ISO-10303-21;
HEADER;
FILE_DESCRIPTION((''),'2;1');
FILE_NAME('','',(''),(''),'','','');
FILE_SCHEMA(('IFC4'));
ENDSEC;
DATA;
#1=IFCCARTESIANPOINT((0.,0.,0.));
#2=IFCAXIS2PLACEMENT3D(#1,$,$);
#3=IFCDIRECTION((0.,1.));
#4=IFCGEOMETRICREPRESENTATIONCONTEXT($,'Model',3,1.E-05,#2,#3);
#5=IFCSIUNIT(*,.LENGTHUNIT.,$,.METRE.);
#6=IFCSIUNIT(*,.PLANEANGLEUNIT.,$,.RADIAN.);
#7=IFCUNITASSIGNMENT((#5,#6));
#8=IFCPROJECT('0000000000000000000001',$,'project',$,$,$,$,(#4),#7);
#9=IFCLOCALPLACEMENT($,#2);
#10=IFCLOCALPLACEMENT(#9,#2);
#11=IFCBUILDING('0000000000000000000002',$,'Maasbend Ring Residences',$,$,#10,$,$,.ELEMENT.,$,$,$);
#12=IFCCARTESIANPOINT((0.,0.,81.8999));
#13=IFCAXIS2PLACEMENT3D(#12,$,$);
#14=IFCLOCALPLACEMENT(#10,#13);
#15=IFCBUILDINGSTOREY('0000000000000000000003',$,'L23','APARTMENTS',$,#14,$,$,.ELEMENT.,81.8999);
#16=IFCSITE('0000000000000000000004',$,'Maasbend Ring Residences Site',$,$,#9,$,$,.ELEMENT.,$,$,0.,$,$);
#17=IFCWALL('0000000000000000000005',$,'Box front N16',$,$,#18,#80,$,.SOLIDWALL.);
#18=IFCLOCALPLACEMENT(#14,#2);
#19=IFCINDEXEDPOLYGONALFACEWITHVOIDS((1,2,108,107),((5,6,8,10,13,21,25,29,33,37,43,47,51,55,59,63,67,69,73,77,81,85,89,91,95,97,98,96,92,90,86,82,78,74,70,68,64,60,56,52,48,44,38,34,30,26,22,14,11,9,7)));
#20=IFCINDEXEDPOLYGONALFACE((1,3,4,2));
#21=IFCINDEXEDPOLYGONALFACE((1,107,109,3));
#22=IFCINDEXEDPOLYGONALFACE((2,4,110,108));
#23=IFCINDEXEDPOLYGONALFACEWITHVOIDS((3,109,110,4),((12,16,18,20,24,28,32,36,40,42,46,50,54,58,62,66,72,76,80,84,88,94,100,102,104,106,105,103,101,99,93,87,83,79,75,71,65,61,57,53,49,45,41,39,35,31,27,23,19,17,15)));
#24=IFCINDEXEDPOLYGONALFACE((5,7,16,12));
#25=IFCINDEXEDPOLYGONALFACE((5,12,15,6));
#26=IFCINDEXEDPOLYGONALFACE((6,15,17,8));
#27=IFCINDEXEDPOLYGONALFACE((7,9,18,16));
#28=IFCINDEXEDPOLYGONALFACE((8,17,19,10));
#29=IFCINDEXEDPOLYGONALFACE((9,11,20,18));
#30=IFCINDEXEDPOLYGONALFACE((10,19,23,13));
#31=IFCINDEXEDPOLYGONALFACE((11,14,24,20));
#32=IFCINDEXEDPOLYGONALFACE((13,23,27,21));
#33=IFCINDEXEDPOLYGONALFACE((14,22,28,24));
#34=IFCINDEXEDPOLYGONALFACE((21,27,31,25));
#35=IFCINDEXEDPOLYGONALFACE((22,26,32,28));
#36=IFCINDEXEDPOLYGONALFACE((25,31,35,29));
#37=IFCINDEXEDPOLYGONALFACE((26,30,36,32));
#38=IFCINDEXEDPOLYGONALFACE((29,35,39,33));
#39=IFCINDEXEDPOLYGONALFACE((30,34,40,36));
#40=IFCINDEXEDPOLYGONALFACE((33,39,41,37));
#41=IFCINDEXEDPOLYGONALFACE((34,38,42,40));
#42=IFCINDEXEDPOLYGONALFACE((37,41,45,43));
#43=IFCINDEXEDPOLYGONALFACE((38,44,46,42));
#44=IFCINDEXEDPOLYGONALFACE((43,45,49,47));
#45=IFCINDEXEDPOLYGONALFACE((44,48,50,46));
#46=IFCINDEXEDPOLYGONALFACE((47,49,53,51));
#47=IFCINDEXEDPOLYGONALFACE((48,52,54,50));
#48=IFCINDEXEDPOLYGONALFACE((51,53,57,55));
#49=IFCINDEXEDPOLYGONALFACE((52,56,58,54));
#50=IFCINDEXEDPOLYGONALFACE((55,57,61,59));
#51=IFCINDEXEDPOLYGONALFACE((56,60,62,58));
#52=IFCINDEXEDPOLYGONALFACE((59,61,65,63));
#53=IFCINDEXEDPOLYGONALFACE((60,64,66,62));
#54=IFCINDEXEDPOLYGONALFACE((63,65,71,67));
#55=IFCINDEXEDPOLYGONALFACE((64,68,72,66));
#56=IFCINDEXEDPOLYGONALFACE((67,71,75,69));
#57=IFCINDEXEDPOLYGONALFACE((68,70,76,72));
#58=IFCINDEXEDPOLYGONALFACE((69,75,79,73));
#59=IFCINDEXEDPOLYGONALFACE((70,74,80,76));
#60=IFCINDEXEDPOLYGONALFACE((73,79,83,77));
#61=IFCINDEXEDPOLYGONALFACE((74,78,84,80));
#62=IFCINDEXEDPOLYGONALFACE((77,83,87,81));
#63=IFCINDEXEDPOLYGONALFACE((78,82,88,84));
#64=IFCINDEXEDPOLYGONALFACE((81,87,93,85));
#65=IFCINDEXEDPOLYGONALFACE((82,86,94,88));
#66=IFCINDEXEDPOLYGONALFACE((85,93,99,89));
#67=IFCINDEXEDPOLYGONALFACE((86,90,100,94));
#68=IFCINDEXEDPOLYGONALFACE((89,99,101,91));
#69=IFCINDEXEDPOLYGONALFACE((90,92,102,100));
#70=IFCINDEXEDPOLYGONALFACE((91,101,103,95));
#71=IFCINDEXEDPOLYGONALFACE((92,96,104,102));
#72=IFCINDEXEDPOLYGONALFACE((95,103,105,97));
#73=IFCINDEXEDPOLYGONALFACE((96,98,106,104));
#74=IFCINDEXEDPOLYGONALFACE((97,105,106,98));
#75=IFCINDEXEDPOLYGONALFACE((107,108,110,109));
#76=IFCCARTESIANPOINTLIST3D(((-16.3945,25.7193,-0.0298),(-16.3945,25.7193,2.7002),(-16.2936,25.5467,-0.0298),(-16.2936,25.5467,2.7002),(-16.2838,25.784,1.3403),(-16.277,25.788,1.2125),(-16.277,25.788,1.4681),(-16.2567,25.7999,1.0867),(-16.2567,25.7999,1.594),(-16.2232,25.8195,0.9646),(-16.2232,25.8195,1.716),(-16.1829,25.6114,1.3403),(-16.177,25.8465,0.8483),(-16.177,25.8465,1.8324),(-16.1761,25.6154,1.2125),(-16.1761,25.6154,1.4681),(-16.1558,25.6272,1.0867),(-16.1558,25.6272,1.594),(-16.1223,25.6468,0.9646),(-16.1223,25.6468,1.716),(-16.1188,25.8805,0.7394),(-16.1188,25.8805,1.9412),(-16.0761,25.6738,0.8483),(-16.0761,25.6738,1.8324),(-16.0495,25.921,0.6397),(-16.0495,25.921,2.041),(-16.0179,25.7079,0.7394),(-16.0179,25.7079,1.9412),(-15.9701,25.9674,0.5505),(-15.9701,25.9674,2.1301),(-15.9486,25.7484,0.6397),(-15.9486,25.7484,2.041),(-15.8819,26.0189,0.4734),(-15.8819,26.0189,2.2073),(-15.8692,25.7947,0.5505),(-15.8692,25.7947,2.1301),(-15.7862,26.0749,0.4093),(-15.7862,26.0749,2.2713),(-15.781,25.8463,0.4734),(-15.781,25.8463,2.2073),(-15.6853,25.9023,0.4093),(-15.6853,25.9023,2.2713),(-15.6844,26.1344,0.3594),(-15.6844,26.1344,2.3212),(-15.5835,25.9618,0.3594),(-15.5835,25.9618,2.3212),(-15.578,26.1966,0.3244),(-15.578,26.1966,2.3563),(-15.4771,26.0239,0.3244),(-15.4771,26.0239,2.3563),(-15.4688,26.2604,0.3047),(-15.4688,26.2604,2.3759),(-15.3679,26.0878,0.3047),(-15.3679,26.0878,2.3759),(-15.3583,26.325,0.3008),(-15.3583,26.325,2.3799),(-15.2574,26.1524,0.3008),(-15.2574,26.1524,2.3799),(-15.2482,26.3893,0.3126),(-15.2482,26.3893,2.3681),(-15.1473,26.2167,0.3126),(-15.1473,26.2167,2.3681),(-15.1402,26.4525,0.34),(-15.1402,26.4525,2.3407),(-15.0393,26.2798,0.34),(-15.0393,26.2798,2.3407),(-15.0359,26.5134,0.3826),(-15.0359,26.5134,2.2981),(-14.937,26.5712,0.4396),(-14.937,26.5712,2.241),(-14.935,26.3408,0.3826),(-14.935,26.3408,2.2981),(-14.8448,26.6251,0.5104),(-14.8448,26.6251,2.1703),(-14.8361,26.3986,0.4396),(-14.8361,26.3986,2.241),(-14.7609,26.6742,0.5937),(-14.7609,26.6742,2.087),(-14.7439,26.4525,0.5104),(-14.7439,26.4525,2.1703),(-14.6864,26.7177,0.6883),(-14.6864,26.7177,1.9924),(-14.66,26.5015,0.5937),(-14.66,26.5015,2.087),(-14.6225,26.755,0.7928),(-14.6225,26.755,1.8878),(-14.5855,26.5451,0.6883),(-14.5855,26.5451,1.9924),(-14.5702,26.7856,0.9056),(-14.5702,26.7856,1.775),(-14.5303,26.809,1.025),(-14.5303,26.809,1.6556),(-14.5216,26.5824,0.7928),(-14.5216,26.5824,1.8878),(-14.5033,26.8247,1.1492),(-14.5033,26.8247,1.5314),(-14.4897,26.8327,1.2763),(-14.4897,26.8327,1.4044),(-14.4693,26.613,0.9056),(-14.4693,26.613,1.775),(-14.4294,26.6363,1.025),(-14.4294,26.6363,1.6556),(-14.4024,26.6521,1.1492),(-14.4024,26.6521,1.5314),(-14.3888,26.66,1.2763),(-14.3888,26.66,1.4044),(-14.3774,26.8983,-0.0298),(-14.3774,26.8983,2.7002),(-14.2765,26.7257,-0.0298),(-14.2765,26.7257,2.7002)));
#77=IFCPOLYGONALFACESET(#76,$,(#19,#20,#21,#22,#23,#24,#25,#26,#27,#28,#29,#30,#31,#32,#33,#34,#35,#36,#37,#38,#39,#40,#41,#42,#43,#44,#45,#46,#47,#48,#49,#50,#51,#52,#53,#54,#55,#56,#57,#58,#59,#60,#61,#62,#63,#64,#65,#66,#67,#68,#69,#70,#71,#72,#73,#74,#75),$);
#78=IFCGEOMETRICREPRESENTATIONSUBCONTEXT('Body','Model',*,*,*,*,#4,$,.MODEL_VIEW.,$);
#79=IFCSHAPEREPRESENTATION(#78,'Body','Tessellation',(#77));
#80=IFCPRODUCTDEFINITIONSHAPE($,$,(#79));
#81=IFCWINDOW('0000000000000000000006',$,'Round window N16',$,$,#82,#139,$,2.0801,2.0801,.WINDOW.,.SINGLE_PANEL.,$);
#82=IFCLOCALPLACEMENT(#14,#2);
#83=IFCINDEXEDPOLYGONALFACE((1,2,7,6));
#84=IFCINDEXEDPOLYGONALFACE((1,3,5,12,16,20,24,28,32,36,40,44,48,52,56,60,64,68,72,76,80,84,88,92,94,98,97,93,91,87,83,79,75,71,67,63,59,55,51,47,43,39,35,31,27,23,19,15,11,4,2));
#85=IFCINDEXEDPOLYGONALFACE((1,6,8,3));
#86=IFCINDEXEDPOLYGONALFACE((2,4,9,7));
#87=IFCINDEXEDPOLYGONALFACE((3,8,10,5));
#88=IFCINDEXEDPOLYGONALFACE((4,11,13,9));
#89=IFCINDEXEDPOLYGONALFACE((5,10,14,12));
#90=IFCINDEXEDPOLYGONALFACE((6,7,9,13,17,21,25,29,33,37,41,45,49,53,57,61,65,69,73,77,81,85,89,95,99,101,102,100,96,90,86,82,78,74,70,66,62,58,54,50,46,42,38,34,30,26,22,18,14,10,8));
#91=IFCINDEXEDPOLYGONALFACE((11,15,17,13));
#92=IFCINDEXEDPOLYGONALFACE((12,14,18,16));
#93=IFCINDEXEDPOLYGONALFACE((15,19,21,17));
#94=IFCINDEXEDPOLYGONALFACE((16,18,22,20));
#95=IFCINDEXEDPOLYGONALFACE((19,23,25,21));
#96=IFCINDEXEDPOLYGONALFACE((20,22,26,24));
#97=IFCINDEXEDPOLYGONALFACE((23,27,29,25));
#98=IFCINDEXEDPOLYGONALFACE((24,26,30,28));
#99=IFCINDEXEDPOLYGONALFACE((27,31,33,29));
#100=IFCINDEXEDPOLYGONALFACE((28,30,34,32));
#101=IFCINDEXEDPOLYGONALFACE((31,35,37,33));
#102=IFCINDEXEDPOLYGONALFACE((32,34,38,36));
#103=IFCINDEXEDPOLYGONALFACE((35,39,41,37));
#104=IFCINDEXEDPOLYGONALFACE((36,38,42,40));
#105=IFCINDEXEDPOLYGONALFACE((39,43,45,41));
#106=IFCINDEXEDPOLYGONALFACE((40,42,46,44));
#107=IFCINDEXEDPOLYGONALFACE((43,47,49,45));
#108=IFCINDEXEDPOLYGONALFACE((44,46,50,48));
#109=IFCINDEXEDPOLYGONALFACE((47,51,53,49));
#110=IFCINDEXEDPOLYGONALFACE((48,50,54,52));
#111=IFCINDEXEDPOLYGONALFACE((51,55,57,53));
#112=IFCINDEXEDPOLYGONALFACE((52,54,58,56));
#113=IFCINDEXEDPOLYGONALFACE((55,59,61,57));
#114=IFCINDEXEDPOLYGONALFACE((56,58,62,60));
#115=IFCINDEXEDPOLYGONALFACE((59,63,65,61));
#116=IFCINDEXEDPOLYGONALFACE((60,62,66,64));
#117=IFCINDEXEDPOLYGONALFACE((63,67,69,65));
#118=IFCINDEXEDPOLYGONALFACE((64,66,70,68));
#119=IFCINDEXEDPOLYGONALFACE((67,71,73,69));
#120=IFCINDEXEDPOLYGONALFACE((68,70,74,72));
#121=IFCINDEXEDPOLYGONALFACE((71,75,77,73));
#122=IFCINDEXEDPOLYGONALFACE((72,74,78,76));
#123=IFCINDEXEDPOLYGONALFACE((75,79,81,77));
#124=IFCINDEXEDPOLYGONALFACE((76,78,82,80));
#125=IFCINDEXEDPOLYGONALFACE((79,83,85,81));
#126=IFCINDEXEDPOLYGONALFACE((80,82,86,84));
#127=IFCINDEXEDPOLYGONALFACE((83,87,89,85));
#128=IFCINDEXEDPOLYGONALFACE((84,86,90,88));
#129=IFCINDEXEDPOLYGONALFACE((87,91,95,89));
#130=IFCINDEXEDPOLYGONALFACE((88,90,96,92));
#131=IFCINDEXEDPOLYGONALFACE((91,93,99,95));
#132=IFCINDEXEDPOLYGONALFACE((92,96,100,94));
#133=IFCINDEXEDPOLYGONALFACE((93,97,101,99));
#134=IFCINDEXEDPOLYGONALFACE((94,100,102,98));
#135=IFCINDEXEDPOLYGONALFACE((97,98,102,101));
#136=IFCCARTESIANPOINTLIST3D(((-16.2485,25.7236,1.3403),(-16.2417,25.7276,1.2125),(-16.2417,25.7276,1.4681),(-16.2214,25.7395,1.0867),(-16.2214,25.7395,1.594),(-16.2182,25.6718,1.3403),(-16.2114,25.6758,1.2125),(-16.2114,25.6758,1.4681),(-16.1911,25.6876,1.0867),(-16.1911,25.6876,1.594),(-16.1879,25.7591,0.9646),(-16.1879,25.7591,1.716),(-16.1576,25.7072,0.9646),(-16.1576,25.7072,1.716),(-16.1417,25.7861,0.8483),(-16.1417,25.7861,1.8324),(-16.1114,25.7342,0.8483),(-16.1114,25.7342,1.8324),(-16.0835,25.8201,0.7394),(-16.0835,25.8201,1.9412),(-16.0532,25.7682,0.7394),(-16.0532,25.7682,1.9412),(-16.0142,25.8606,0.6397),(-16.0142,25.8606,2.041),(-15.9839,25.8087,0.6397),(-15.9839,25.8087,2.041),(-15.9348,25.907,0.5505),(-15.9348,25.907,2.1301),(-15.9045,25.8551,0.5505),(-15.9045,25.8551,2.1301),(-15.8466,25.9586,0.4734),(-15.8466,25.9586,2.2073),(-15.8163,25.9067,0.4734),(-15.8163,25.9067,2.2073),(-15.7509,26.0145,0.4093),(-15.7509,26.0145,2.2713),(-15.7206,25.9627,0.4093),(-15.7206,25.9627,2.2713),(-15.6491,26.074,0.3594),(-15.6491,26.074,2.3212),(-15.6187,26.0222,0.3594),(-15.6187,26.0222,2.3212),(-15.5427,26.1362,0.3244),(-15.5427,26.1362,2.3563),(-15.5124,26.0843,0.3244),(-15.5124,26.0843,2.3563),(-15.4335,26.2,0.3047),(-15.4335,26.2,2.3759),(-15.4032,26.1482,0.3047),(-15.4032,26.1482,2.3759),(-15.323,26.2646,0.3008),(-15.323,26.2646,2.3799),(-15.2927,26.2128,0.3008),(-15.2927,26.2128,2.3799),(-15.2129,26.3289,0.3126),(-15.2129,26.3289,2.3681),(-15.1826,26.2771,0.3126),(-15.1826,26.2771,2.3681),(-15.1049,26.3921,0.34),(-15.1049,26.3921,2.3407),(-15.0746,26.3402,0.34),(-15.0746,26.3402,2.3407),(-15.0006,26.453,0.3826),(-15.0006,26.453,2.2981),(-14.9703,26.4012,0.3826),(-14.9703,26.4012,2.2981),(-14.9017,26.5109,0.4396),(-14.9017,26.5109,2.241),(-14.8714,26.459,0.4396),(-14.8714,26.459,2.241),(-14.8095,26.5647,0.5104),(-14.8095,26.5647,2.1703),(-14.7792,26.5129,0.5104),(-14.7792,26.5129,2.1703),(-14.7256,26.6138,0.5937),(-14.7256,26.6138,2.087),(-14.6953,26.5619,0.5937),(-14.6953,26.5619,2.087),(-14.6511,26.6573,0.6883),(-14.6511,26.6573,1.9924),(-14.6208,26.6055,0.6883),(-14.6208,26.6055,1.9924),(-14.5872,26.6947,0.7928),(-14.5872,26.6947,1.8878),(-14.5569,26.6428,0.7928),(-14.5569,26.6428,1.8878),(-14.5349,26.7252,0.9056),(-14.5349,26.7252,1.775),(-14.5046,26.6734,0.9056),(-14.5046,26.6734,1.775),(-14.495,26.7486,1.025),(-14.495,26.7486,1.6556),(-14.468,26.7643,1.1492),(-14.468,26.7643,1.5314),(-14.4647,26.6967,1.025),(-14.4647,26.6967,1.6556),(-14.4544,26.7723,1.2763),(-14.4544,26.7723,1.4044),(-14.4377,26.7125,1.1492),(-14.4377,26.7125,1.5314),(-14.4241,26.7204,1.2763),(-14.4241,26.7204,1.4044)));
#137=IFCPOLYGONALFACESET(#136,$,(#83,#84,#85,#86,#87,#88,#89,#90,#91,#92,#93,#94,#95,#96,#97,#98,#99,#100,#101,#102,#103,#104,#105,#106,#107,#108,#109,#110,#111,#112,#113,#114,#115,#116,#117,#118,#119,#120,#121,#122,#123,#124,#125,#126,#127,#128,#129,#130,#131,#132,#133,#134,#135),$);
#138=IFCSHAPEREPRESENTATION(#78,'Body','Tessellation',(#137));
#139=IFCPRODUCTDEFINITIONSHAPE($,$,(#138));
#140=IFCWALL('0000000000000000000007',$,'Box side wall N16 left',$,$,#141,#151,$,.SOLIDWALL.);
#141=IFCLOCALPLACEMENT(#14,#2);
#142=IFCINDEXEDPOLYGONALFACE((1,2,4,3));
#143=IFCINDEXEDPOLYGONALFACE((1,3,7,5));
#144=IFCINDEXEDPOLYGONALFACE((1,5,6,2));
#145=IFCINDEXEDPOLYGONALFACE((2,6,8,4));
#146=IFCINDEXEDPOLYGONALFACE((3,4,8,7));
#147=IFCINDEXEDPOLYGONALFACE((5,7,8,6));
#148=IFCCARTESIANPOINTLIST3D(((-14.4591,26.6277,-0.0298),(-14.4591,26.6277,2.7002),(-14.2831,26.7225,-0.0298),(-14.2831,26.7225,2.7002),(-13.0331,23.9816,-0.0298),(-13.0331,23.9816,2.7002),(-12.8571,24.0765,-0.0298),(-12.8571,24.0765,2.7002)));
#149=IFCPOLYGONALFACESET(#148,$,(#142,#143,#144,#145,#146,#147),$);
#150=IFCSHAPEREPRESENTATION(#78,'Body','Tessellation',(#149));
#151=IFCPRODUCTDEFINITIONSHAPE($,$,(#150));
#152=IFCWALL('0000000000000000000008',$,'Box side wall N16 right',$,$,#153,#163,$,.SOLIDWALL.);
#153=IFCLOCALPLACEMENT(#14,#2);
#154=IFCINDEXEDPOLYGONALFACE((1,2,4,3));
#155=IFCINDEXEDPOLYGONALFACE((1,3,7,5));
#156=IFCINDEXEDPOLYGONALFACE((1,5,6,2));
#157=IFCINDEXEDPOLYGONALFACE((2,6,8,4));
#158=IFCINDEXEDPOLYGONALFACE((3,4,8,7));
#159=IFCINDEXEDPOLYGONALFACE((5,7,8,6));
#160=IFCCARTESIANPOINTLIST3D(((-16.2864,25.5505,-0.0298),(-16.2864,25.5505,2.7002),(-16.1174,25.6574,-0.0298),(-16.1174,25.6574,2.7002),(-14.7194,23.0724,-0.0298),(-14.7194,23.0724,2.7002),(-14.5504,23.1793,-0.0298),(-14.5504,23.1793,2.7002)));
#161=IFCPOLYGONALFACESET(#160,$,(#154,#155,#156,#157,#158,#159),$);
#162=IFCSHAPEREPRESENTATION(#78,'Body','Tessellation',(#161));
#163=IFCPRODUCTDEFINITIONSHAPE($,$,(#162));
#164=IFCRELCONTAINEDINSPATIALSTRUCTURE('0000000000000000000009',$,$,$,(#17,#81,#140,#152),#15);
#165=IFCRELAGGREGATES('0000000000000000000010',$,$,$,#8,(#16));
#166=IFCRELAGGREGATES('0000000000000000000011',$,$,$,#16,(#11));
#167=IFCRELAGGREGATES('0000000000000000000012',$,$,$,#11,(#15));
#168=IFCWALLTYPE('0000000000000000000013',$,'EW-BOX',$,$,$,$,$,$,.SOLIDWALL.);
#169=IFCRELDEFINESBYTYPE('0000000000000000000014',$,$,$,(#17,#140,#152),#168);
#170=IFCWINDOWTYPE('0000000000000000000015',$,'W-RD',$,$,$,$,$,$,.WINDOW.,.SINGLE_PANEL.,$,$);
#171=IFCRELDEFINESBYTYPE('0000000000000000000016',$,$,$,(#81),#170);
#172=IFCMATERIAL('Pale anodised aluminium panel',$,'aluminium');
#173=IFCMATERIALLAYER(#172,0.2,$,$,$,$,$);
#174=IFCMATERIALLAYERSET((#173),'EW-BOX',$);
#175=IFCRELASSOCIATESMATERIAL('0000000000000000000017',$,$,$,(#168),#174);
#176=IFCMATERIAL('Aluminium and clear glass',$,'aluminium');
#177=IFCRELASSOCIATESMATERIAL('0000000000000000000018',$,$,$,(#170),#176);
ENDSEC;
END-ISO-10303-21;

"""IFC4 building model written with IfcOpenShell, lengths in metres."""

from ifc_helpers import new_model, si_unit, direction, frame, frame_2d, origin, place, context, subcontext, project, spatial, rectangle, circle, extrude, material, layer, layer_set, type_object, element, fill, save


model = new_model("IFC4")

# Units and contexts
model_context = context("Model", 3, precision=1e-05, world=origin(), true_north=direction((0.0, 1.0)))
body_context = subcontext(model_context, "Body", "Model", "MODEL_VIEW")
ifc_project = project(units=[si_unit("LENGTHUNIT", "METRE"), si_unit("PLANEANGLEUNIT", "RADIAN")], contexts=[model_context])

# Site, building, storey
site_placement = place(None, origin())
site = spatial("IfcSite", under=ifc_project, at=site_placement, Name="Maasbend Ring Residences Site", CompositionType="ELEMENT", RefElevation=0.0)
building_placement = place(site_placement, origin())
building = spatial("IfcBuilding", under=site, at=building_placement, Name="Maasbend Ring Residences", CompositionType="ELEMENT")
storey_placement = place(building_placement, frame((0.0, 0.0, 81.8999)))
storey = spatial("IfcBuildingStorey", under=building, at=storey_placement, Name="L23", Description="APARTMENTS", CompositionType="ELEMENT", Elevation=81.8999)

# Wall, opening, window
ifc_material_1 = material(Name="Pale anodised aluminium panel", Category="aluminium")
ifc_layer_1 = layer(ifc_material_1, 0.2)
ifc_layer_set_1 = layer_set([ifc_layer_1], Name="EW-BOX")
wall_type_1 = type_object("IfcWallType", Name="EW-BOX", PredefinedType="SOLIDWALL", material=ifc_layer_set_1)
wall_1_placement = place(storey_placement, frame((-14.3269, 26.812, -0.0298), z_axis=(0.0, 0.0, 1.0), x_axis=(-0.863347, -0.504612, 0.0)))
wall_1 = element("IfcWall", 1, at=wall_1_placement, inside=storey, type_object=wall_type_1, Name="Box front N16", PredefinedType="SOLIDWALL", context=body_context, shape_type="SweptSolid", body=[
    extrude(rectangle(XDim=2.3364, YDim=0.2, at=frame_2d((1.1682, 0.0))), origin(), (0.0, 0.0, 1.0), 2.73),
])
opening_1_placement = place(wall_1_placement, frame((0.1282, 0.0, 0.3301)))
opening_1 = element("IfcOpeningElement", 2, at=opening_1_placement, cuts=wall_1, PredefinedType="OPENING", context=body_context, shape_type="SweptSolid", body=[
    extrude(circle(Radius=1.04, at=frame_2d((1.04, 1.04))), frame((0.0, 0.1099, 0.0), z_axis=(0.0, -1.0, 0.0), x_axis=(1.0, 0.0, 0.0)), (0.0, 0.0, 1.0), 0.22),
])
ifc_material_2 = material(Name="Aluminium and clear glass", Category="aluminium")
window_type_1 = type_object("IfcWindowType", Name="W-RD", PartitioningType="SINGLE_PANEL", PredefinedType="WINDOW", material=ifc_material_2)
window_1_placement = place(opening_1_placement, origin())
window_1 = element("IfcWindow", 3, at=window_1_placement, inside=storey, type_object=window_type_1, Name="Round window N16", OverallHeight=2.0801, OverallWidth=2.0801, PartitioningType="SINGLE_PANEL", PredefinedType="WINDOW", context=body_context, shape_type="SweptSolid", body=[
    extrude(circle(Radius=1.04, at=frame_2d((1.04, 1.04))), frame((0.0, 0.03, 0.0), z_axis=(0.0, -1.0, 0.0), x_axis=(1.0, 0.0, 0.0)), (0.0, 0.0, 1.0), 0.0601),
])
fill(opening_1, window_1)

# Walls
wall_2_placement = place(storey_placement, frame((-12.9451, 24.0291, -0.0298), z_axis=(0.0, 0.0, 1.0), x_axis=(-0.474424, 0.880296, 0.0)))
element("IfcWall", 4, at=wall_2_placement, inside=storey, type_object=wall_type_1, Name="Box side wall N16 left", PredefinedType="SOLIDWALL", context=body_context, shape_type="SweptSolid", body=[
    extrude(rectangle(XDim=3.0059, YDim=0.2, at=frame_2d((1.5029, 0.0))), origin(), (0.0, 0.0, 1.0), 2.73),
])
wall_3_placement = place(storey_placement, frame((-14.635, 23.126, -0.0298), z_axis=(0.0, 0.0, 1.0), x_axis=(-0.534438, 0.845208, 0.0)))
element("IfcWall", 5, at=wall_3_placement, inside=storey, type_object=wall_type_1, Name="Box side wall N16 right", PredefinedType="SOLIDWALL", context=body_context, shape_type="SweptSolid", body=[
    extrude(rectangle(XDim=2.9319, YDim=0.2, at=frame_2d((1.4658, 0.0))), origin(), (0.0, 0.0, 1.0), 2.73),
])

save(model, "model.ifc")
